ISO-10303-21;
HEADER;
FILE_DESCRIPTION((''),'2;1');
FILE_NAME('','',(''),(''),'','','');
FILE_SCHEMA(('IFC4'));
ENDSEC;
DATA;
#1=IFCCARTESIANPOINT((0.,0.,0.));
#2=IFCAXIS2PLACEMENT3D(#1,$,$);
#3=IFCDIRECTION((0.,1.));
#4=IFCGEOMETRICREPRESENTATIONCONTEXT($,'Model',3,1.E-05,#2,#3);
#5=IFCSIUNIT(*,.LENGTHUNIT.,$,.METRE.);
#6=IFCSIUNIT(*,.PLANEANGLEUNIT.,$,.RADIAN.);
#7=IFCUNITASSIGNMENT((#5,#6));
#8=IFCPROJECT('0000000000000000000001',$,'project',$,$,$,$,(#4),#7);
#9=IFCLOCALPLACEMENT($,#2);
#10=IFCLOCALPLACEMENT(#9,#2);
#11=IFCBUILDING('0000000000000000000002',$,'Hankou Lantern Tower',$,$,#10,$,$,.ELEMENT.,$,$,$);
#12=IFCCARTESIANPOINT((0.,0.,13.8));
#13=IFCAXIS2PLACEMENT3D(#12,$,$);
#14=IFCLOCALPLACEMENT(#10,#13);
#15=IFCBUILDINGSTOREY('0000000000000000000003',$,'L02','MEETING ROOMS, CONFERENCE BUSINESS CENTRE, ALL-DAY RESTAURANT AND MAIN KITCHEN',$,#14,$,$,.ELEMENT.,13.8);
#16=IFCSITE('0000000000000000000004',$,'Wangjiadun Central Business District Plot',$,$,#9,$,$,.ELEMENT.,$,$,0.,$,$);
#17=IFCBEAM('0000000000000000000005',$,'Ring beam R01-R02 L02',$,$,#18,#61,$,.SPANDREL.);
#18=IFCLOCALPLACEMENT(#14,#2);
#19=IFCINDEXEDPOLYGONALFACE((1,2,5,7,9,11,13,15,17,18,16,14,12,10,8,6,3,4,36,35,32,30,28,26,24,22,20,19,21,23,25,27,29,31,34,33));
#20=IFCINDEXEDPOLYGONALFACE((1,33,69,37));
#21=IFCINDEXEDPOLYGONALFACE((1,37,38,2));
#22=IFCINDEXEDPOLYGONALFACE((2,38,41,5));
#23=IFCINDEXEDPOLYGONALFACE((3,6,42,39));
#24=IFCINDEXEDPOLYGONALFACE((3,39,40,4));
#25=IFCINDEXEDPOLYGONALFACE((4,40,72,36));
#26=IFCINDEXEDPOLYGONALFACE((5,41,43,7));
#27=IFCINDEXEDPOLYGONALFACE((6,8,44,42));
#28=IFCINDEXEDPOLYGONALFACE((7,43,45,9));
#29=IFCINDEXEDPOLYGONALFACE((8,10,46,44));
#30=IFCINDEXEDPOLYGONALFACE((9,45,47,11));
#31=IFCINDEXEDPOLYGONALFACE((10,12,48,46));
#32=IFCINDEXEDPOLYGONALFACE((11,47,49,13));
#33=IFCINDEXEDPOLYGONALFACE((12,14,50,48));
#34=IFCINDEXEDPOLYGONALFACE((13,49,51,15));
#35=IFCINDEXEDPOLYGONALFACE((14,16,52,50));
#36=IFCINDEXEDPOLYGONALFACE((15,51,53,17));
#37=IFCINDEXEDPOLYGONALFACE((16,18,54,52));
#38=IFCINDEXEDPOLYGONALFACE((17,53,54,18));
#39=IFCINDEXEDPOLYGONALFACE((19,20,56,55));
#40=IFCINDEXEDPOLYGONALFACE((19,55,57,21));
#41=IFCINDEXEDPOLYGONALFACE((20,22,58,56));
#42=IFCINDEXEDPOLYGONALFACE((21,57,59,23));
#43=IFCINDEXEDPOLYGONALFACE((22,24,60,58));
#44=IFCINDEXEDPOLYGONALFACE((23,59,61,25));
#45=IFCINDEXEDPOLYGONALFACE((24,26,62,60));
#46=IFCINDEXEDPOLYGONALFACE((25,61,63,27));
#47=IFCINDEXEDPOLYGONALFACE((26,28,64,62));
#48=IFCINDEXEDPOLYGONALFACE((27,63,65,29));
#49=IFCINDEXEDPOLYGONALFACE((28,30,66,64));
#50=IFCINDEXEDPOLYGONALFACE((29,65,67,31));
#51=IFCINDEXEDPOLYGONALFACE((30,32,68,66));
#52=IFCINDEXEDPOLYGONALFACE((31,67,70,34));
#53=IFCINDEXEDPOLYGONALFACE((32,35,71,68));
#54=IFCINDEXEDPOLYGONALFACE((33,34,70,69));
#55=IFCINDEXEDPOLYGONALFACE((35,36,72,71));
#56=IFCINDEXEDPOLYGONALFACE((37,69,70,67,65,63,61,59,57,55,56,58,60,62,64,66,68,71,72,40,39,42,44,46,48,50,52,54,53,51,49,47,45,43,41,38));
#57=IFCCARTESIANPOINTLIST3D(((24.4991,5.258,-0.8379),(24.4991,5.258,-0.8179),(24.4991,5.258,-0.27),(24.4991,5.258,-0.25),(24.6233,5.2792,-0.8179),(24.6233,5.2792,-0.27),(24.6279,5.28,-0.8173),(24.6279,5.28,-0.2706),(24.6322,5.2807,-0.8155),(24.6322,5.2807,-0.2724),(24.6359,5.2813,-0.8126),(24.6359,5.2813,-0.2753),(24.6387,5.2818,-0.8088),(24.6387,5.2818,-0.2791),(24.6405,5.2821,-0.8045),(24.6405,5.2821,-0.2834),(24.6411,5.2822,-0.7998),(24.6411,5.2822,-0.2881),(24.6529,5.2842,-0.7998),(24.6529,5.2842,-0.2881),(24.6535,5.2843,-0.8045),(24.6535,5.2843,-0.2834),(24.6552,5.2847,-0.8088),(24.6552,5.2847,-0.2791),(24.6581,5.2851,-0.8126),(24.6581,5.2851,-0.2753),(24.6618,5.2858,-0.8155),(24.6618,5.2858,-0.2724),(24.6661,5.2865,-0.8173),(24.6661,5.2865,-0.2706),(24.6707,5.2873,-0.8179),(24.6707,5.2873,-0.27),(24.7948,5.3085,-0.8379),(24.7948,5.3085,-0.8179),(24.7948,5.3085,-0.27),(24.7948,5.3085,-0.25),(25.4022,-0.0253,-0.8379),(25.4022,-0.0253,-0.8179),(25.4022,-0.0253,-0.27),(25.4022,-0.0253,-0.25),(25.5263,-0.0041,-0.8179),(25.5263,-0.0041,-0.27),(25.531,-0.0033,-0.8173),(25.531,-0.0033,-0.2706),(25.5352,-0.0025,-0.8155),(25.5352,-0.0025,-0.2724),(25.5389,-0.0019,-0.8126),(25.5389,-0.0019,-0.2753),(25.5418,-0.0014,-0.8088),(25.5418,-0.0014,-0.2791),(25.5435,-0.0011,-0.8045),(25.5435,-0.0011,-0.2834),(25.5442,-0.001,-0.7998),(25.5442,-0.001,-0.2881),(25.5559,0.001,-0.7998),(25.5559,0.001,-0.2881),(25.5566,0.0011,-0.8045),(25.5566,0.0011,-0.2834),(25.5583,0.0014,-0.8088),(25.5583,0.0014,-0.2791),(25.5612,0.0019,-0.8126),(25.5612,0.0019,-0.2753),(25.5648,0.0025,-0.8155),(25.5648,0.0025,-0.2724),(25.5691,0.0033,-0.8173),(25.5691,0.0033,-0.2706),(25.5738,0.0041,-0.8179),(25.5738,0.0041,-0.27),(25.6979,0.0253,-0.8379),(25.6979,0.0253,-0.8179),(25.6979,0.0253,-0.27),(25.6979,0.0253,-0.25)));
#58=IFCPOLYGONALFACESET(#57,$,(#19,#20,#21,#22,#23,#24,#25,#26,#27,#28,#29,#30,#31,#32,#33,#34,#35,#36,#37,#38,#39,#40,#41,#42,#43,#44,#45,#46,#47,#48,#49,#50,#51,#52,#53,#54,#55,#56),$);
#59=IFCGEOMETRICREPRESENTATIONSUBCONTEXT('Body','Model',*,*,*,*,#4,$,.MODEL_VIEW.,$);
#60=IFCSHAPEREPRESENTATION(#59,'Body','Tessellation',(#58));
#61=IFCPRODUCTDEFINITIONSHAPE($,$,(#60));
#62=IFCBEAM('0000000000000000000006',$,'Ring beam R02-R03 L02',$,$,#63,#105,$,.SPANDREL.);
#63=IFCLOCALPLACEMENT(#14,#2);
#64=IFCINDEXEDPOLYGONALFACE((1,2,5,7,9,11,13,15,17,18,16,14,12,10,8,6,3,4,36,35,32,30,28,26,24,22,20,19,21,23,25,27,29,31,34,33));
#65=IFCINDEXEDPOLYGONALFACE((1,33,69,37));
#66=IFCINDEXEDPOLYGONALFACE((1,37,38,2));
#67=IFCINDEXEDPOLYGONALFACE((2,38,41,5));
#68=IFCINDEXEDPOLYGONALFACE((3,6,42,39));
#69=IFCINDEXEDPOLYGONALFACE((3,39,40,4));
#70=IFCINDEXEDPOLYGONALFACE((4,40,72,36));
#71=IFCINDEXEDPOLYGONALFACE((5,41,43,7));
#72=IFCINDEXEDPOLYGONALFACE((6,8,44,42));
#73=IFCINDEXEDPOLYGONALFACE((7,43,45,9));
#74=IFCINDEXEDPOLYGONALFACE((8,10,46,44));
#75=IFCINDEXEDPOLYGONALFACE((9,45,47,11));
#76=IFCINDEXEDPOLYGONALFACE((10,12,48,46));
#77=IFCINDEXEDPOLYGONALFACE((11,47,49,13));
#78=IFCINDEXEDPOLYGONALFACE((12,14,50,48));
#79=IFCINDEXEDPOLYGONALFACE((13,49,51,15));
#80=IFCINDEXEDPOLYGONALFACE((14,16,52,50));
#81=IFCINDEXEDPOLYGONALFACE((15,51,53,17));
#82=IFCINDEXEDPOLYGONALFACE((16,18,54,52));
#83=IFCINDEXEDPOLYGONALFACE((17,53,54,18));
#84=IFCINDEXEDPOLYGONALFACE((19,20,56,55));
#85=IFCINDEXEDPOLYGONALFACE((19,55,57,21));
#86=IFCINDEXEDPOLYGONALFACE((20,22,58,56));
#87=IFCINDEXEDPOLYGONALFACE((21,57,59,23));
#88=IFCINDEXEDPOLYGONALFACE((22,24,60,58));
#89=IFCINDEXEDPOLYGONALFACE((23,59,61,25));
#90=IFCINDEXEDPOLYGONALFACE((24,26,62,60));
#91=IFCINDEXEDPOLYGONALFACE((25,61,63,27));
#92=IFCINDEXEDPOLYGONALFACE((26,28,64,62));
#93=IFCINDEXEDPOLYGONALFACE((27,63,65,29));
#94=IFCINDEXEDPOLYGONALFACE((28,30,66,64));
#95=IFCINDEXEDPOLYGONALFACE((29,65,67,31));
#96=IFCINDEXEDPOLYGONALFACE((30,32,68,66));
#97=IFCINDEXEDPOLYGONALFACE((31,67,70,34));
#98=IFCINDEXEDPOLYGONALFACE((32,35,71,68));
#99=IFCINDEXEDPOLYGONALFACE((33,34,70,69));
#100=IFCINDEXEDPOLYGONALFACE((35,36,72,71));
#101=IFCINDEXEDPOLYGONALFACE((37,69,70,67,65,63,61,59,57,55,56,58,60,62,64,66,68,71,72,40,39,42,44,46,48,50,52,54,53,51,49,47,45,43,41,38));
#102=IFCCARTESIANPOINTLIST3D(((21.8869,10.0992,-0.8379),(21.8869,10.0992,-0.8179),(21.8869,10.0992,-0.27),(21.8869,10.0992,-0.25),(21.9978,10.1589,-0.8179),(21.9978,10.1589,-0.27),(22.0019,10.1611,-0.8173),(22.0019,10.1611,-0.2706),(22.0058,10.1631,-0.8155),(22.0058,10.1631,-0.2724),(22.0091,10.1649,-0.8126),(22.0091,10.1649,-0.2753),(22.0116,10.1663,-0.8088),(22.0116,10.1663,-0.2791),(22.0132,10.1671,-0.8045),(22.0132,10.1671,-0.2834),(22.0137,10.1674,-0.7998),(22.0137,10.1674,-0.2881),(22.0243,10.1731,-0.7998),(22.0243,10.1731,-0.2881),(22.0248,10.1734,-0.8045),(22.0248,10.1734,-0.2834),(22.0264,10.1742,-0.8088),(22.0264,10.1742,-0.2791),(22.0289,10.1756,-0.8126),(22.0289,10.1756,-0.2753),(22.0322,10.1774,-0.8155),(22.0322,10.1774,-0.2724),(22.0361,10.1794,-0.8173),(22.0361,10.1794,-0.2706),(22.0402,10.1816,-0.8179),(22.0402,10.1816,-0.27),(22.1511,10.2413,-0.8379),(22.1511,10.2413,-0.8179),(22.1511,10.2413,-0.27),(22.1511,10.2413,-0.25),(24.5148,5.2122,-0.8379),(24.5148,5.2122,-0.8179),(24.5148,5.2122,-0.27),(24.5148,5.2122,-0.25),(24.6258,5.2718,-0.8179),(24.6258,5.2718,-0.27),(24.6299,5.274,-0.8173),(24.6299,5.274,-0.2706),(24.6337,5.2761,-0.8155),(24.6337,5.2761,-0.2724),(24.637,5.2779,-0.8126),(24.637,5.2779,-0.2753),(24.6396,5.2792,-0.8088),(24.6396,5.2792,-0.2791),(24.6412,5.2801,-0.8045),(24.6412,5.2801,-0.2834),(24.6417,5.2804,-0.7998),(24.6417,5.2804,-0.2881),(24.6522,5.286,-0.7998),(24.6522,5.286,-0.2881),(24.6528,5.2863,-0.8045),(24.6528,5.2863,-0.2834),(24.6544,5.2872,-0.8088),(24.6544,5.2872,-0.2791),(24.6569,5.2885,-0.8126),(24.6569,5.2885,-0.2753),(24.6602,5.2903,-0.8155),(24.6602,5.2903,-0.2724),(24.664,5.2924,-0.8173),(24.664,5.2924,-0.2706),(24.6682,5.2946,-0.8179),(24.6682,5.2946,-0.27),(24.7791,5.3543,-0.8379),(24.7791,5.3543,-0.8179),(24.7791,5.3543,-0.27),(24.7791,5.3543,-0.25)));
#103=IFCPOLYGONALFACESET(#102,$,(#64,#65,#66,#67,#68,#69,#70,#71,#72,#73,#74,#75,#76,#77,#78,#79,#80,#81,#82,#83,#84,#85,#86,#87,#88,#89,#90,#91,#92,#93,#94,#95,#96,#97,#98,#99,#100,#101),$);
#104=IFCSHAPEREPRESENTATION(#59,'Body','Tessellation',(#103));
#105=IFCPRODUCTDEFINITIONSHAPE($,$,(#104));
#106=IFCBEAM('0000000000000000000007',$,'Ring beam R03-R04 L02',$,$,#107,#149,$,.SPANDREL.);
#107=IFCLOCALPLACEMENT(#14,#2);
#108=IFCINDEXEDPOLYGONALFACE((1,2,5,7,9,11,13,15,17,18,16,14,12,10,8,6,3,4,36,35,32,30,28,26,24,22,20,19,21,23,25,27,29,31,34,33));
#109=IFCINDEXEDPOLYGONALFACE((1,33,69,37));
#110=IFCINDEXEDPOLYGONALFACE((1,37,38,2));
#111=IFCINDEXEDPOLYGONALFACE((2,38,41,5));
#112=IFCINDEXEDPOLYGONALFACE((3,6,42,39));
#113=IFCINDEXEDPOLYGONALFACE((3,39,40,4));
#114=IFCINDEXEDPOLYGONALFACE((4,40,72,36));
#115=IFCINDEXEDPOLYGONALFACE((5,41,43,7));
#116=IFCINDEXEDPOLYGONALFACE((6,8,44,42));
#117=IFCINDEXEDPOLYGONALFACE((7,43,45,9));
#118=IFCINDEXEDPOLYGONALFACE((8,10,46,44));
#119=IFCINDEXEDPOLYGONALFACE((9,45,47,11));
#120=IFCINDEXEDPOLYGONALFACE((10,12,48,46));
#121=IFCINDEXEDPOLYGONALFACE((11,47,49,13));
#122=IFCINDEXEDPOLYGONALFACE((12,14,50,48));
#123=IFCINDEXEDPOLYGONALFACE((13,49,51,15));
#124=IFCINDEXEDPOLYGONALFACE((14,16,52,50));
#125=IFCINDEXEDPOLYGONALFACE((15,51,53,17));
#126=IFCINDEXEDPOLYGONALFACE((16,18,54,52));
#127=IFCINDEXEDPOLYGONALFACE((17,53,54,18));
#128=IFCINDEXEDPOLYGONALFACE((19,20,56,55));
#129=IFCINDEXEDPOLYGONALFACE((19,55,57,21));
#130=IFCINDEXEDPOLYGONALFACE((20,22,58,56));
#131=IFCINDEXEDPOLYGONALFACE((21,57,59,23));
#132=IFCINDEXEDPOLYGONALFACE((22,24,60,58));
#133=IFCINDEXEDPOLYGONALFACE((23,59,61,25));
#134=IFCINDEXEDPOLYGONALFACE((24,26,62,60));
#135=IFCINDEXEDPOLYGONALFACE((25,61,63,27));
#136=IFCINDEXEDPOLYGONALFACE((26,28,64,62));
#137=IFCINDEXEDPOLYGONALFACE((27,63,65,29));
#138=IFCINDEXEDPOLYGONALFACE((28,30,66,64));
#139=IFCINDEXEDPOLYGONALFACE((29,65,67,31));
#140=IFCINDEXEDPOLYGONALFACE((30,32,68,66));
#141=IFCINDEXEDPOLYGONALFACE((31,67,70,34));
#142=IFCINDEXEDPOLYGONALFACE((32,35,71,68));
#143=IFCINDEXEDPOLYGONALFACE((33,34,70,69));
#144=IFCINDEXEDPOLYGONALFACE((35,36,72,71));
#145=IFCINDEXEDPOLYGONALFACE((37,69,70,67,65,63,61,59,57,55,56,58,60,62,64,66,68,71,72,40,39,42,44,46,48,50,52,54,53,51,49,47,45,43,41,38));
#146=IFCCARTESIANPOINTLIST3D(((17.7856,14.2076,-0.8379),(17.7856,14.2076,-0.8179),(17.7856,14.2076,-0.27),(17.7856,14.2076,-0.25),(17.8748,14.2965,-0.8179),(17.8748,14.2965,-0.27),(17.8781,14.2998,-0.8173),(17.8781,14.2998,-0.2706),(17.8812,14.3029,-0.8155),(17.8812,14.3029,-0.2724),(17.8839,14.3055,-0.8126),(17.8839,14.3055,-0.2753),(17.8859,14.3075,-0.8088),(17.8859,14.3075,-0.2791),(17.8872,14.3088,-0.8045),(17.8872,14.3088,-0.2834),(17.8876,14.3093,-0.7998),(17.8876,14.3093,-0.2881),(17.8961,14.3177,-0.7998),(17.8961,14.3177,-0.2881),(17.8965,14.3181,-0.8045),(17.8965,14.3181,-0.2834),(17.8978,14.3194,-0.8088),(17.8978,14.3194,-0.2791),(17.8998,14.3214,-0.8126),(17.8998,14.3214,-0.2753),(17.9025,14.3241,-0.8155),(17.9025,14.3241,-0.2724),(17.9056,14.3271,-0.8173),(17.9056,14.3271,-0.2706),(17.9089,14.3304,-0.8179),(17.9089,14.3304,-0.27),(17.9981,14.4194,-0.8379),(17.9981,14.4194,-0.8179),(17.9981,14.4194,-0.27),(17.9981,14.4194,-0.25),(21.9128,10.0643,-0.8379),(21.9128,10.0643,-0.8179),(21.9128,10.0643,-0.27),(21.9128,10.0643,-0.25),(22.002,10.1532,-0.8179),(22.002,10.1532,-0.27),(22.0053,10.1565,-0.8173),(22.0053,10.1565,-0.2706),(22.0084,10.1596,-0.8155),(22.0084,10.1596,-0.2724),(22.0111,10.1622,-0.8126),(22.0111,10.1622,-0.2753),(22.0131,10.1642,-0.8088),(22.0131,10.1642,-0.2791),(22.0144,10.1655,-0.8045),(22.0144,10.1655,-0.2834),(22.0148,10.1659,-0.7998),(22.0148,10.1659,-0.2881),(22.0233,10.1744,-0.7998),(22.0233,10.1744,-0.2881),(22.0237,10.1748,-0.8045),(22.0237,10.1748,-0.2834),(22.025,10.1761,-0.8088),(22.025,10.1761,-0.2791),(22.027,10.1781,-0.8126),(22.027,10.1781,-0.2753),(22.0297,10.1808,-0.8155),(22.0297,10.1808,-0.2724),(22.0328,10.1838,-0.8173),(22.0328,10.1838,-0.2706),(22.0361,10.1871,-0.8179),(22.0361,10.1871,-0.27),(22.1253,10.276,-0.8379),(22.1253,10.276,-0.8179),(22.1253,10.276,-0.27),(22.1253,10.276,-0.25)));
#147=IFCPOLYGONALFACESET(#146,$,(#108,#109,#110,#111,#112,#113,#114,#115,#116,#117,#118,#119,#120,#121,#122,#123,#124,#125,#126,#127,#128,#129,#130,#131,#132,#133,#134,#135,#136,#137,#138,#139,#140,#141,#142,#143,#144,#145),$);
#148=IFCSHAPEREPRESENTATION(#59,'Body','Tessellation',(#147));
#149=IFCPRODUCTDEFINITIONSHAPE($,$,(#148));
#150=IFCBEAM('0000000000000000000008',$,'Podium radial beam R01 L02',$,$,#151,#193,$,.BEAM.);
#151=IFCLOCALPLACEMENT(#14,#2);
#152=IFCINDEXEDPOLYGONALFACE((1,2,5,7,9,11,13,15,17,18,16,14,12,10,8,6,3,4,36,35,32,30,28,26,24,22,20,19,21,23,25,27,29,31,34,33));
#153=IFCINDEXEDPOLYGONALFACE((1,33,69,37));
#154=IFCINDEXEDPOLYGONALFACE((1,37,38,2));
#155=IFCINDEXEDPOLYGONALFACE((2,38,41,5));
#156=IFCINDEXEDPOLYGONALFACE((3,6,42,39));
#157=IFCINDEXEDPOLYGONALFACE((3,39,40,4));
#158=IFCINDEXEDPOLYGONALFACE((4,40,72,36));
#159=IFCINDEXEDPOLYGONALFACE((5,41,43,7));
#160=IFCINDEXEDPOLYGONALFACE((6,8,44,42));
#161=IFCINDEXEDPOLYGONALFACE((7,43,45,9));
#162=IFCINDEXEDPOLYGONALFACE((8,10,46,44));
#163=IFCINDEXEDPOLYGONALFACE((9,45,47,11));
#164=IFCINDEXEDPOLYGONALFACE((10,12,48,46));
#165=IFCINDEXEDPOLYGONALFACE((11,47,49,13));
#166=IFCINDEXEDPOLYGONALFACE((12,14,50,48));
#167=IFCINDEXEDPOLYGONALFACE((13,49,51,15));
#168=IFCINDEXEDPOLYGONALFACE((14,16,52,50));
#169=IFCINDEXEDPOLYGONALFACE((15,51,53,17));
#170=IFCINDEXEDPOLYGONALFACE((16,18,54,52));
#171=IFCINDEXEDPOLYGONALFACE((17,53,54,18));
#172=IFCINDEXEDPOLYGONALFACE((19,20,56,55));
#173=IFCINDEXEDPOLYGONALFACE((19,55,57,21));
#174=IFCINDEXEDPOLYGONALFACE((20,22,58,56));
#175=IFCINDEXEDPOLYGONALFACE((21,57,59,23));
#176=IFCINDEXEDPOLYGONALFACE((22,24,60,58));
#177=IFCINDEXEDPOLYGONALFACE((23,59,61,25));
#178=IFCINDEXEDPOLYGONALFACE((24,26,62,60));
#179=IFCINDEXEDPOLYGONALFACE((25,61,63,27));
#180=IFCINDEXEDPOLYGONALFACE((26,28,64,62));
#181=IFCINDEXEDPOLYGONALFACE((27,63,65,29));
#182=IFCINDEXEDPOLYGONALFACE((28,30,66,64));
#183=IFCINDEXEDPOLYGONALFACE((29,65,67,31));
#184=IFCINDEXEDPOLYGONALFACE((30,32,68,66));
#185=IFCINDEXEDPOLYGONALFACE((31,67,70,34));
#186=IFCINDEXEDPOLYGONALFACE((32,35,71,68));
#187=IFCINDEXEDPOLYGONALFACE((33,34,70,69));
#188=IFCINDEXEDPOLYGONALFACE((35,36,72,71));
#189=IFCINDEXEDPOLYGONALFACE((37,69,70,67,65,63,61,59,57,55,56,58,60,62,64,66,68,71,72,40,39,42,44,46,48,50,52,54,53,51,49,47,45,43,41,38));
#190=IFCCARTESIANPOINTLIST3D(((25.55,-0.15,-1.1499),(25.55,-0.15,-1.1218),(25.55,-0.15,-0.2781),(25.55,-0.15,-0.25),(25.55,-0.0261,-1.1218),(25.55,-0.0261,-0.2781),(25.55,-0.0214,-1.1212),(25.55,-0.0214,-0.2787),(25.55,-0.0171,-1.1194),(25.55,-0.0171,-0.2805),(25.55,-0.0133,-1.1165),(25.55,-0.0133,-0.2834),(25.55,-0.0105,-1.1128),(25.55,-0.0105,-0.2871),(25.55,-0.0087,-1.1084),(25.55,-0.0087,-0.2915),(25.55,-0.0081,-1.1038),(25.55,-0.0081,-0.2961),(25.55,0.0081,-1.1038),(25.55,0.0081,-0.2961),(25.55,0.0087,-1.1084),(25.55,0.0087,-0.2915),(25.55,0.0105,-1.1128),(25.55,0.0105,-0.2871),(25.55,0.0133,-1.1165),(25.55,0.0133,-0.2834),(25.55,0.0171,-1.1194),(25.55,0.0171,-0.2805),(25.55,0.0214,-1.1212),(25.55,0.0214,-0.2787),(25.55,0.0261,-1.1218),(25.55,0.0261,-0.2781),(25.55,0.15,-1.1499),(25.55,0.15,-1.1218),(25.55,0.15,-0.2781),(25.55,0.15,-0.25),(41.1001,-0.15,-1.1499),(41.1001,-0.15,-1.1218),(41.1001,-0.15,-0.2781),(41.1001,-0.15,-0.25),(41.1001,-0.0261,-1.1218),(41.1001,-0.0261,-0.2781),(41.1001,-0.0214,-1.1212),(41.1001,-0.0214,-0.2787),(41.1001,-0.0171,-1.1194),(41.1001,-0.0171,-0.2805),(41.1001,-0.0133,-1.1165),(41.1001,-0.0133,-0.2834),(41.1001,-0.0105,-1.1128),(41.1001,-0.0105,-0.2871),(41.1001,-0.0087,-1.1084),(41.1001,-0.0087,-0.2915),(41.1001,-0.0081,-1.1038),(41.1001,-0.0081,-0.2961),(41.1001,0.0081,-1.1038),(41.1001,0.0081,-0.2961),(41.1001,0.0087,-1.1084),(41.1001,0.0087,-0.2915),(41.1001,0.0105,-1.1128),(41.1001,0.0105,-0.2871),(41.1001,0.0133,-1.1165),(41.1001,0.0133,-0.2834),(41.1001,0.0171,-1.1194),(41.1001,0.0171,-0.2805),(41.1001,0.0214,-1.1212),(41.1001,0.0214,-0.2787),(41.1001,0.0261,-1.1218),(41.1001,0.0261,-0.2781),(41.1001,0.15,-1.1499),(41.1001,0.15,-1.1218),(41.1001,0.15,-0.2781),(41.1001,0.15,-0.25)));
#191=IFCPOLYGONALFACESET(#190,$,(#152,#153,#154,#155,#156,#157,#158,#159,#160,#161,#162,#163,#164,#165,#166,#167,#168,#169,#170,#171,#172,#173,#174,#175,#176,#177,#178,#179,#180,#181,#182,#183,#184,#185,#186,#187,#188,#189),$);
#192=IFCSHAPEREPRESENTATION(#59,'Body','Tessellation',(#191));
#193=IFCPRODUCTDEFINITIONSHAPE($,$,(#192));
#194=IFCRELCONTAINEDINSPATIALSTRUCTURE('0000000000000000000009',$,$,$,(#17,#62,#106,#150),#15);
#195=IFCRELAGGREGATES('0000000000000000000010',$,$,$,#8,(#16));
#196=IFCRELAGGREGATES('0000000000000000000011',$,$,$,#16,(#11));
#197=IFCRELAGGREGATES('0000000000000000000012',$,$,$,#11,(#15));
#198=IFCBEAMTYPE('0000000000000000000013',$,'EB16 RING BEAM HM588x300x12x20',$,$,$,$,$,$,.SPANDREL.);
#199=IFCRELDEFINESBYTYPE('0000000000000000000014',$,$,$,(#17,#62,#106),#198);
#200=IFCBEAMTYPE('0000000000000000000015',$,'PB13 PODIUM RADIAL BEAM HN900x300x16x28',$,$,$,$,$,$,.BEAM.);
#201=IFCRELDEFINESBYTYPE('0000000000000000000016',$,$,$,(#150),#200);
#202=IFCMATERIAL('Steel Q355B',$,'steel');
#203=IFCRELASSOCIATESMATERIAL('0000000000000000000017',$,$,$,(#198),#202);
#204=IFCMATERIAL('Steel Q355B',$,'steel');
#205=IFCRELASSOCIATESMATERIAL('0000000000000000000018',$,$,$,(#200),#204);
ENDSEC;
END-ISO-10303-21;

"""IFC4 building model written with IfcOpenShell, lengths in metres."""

from ifc_helpers import new_model, si_unit, direction, frame, origin, origin_2d, place, context, subcontext, project, spatial, i_section, extrude, material, material_profile, profile_set, type_object, element, save


model = new_model("IFC4")

# Units and contexts
model_context = context("Model", 3, precision=1e-05, world=origin(), true_north=direction((0.0, 1.0)))
body_context = subcontext(model_context, "Body", "Model", "MODEL_VIEW")
ifc_project = project(units=[si_unit("LENGTHUNIT", "METRE"), si_unit("PLANEANGLEUNIT", "RADIAN")], contexts=[model_context])

# Site, building, storey
site_placement = place(None, origin())
site = spatial("IfcSite", under=ifc_project, at=site_placement, Name="Wangjiadun Central Business District Plot", CompositionType="ELEMENT", RefElevation=0.0)
building_placement = place(site_placement, origin())
building = spatial("IfcBuilding", under=site, at=building_placement, Name="Hankou Lantern Tower", CompositionType="ELEMENT")
storey_placement = place(building_placement, frame((0.0, 0.0, 13.8)))
storey = spatial("IfcBuildingStorey", under=building, at=storey_placement, Name="L02", Description="MEETING ROOMS, CONFERENCE BUSINESS CENTRE, ALL-DAY RESTAURANT AND MAIN KITCHEN", CompositionType="ELEMENT", Elevation=13.8)

# Beams
ifc_material_1 = material(Name="Steel Q355B", Category="steel")
ifc_material_profile_1 = material_profile(ifc_material_1, i_section(OverallWidth=0.3, OverallDepth=0.5879, WebThickness=0.012, FlangeThickness=0.02, FilletRadius=0.0181, at=origin_2d()), Name="HM588x300x12x20")
ifc_profile_set_1 = profile_set([ifc_material_profile_1], Name="Steel Q355B")
beam_type_1 = type_object("IfcBeamType", Name="EB16 RING BEAM HM588x300x12x20", PredefinedType="SPANDREL", material=ifc_profile_set_1)
beam_1_placement = place(storey_placement, frame((25.55, 0.0, -0.5439), z_axis=(-0.16849, 0.985703, 0.0), x_axis=(-0.985703, -0.16849, 0.0)))
element("IfcBeam", 1, at=beam_1_placement, inside=storey, type_object=beam_type_1, Name="Ring beam R01-R02 L02", PredefinedType="SPANDREL", context=body_context, shape_type="SweptSolid", body=[
    extrude(i_section(OverallWidth=0.3, OverallDepth=0.5879, WebThickness=0.012, FlangeThickness=0.02, FilletRadius=0.0181, at=origin_2d()), origin(), (0.0, 0.0, 1.0), 5.3599),
])
beam_2_placement = place(storey_placement, frame((24.647, 5.2832, -0.5439), z_axis=(-0.473609, 0.880735, 0.0), x_axis=(-0.880735, -0.473609, 0.0)))
element("IfcBeam", 2, at=beam_2_placement, inside=storey, type_object=beam_type_1, Name="Ring beam R02-R03 L02", PredefinedType="SPANDREL", context=body_context, shape_type="SweptSolid", body=[
    extrude(i_section(OverallWidth=0.3, OverallDepth=0.5879, WebThickness=0.012, FlangeThickness=0.02, FilletRadius=0.0181, at=origin_2d()), origin(), (0.0, 0.0, 1.0), 5.5488),
])
beam_3_placement = place(storey_placement, frame((22.019, 10.1702, -0.5439), z_axis=(-0.705728, 0.708483, 0.0), x_axis=(-0.708483, -0.705728, 0.0)))
element("IfcBeam", 3, at=beam_3_placement, inside=storey, type_object=beam_type_1, Name="Ring beam R03-R04 L02", PredefinedType="SPANDREL", context=body_context, shape_type="SweptSolid", body=[
    extrude(i_section(OverallWidth=0.3, OverallDepth=0.5879, WebThickness=0.012, FlangeThickness=0.02, FilletRadius=0.0181, at=origin_2d()), origin(), (0.0, 0.0, 1.0), 5.8481),
])
ifc_material_2 = material(Name="Steel Q355B", Category="steel")
ifc_material_profile_2 = material_profile(ifc_material_2, i_section(OverallWidth=0.3, OverallDepth=0.8999, WebThickness=0.0161, FlangeThickness=0.0281, FilletRadius=0.0181, at=origin_2d()), Name="HN900x300x16x28")
ifc_profile_set_2 = profile_set([ifc_material_profile_2], Name="Steel Q355B")
beam_type_2 = type_object("IfcBeamType", Name="PB13 PODIUM RADIAL BEAM HN900x300x16x28", PredefinedType="BEAM", material=ifc_profile_set_2)
beam_4_placement = place(storey_placement, frame((25.55, 0.0, -0.7), z_axis=(1.0, 0.0, 0.0), x_axis=(0.0, 1.0, 0.0)))
element("IfcBeam", 4, at=beam_4_placement, inside=storey, type_object=beam_type_2, Name="Podium radial beam R01 L02", PredefinedType="BEAM", context=body_context, shape_type="SweptSolid", body=[
    extrude(i_section(OverallWidth=0.3, OverallDepth=0.8999, WebThickness=0.0161, FlangeThickness=0.0281, FilletRadius=0.0181, at=origin_2d()), origin(), (0.0, 0.0, 1.0), 15.55),
])

save(model, "model.ifc")
